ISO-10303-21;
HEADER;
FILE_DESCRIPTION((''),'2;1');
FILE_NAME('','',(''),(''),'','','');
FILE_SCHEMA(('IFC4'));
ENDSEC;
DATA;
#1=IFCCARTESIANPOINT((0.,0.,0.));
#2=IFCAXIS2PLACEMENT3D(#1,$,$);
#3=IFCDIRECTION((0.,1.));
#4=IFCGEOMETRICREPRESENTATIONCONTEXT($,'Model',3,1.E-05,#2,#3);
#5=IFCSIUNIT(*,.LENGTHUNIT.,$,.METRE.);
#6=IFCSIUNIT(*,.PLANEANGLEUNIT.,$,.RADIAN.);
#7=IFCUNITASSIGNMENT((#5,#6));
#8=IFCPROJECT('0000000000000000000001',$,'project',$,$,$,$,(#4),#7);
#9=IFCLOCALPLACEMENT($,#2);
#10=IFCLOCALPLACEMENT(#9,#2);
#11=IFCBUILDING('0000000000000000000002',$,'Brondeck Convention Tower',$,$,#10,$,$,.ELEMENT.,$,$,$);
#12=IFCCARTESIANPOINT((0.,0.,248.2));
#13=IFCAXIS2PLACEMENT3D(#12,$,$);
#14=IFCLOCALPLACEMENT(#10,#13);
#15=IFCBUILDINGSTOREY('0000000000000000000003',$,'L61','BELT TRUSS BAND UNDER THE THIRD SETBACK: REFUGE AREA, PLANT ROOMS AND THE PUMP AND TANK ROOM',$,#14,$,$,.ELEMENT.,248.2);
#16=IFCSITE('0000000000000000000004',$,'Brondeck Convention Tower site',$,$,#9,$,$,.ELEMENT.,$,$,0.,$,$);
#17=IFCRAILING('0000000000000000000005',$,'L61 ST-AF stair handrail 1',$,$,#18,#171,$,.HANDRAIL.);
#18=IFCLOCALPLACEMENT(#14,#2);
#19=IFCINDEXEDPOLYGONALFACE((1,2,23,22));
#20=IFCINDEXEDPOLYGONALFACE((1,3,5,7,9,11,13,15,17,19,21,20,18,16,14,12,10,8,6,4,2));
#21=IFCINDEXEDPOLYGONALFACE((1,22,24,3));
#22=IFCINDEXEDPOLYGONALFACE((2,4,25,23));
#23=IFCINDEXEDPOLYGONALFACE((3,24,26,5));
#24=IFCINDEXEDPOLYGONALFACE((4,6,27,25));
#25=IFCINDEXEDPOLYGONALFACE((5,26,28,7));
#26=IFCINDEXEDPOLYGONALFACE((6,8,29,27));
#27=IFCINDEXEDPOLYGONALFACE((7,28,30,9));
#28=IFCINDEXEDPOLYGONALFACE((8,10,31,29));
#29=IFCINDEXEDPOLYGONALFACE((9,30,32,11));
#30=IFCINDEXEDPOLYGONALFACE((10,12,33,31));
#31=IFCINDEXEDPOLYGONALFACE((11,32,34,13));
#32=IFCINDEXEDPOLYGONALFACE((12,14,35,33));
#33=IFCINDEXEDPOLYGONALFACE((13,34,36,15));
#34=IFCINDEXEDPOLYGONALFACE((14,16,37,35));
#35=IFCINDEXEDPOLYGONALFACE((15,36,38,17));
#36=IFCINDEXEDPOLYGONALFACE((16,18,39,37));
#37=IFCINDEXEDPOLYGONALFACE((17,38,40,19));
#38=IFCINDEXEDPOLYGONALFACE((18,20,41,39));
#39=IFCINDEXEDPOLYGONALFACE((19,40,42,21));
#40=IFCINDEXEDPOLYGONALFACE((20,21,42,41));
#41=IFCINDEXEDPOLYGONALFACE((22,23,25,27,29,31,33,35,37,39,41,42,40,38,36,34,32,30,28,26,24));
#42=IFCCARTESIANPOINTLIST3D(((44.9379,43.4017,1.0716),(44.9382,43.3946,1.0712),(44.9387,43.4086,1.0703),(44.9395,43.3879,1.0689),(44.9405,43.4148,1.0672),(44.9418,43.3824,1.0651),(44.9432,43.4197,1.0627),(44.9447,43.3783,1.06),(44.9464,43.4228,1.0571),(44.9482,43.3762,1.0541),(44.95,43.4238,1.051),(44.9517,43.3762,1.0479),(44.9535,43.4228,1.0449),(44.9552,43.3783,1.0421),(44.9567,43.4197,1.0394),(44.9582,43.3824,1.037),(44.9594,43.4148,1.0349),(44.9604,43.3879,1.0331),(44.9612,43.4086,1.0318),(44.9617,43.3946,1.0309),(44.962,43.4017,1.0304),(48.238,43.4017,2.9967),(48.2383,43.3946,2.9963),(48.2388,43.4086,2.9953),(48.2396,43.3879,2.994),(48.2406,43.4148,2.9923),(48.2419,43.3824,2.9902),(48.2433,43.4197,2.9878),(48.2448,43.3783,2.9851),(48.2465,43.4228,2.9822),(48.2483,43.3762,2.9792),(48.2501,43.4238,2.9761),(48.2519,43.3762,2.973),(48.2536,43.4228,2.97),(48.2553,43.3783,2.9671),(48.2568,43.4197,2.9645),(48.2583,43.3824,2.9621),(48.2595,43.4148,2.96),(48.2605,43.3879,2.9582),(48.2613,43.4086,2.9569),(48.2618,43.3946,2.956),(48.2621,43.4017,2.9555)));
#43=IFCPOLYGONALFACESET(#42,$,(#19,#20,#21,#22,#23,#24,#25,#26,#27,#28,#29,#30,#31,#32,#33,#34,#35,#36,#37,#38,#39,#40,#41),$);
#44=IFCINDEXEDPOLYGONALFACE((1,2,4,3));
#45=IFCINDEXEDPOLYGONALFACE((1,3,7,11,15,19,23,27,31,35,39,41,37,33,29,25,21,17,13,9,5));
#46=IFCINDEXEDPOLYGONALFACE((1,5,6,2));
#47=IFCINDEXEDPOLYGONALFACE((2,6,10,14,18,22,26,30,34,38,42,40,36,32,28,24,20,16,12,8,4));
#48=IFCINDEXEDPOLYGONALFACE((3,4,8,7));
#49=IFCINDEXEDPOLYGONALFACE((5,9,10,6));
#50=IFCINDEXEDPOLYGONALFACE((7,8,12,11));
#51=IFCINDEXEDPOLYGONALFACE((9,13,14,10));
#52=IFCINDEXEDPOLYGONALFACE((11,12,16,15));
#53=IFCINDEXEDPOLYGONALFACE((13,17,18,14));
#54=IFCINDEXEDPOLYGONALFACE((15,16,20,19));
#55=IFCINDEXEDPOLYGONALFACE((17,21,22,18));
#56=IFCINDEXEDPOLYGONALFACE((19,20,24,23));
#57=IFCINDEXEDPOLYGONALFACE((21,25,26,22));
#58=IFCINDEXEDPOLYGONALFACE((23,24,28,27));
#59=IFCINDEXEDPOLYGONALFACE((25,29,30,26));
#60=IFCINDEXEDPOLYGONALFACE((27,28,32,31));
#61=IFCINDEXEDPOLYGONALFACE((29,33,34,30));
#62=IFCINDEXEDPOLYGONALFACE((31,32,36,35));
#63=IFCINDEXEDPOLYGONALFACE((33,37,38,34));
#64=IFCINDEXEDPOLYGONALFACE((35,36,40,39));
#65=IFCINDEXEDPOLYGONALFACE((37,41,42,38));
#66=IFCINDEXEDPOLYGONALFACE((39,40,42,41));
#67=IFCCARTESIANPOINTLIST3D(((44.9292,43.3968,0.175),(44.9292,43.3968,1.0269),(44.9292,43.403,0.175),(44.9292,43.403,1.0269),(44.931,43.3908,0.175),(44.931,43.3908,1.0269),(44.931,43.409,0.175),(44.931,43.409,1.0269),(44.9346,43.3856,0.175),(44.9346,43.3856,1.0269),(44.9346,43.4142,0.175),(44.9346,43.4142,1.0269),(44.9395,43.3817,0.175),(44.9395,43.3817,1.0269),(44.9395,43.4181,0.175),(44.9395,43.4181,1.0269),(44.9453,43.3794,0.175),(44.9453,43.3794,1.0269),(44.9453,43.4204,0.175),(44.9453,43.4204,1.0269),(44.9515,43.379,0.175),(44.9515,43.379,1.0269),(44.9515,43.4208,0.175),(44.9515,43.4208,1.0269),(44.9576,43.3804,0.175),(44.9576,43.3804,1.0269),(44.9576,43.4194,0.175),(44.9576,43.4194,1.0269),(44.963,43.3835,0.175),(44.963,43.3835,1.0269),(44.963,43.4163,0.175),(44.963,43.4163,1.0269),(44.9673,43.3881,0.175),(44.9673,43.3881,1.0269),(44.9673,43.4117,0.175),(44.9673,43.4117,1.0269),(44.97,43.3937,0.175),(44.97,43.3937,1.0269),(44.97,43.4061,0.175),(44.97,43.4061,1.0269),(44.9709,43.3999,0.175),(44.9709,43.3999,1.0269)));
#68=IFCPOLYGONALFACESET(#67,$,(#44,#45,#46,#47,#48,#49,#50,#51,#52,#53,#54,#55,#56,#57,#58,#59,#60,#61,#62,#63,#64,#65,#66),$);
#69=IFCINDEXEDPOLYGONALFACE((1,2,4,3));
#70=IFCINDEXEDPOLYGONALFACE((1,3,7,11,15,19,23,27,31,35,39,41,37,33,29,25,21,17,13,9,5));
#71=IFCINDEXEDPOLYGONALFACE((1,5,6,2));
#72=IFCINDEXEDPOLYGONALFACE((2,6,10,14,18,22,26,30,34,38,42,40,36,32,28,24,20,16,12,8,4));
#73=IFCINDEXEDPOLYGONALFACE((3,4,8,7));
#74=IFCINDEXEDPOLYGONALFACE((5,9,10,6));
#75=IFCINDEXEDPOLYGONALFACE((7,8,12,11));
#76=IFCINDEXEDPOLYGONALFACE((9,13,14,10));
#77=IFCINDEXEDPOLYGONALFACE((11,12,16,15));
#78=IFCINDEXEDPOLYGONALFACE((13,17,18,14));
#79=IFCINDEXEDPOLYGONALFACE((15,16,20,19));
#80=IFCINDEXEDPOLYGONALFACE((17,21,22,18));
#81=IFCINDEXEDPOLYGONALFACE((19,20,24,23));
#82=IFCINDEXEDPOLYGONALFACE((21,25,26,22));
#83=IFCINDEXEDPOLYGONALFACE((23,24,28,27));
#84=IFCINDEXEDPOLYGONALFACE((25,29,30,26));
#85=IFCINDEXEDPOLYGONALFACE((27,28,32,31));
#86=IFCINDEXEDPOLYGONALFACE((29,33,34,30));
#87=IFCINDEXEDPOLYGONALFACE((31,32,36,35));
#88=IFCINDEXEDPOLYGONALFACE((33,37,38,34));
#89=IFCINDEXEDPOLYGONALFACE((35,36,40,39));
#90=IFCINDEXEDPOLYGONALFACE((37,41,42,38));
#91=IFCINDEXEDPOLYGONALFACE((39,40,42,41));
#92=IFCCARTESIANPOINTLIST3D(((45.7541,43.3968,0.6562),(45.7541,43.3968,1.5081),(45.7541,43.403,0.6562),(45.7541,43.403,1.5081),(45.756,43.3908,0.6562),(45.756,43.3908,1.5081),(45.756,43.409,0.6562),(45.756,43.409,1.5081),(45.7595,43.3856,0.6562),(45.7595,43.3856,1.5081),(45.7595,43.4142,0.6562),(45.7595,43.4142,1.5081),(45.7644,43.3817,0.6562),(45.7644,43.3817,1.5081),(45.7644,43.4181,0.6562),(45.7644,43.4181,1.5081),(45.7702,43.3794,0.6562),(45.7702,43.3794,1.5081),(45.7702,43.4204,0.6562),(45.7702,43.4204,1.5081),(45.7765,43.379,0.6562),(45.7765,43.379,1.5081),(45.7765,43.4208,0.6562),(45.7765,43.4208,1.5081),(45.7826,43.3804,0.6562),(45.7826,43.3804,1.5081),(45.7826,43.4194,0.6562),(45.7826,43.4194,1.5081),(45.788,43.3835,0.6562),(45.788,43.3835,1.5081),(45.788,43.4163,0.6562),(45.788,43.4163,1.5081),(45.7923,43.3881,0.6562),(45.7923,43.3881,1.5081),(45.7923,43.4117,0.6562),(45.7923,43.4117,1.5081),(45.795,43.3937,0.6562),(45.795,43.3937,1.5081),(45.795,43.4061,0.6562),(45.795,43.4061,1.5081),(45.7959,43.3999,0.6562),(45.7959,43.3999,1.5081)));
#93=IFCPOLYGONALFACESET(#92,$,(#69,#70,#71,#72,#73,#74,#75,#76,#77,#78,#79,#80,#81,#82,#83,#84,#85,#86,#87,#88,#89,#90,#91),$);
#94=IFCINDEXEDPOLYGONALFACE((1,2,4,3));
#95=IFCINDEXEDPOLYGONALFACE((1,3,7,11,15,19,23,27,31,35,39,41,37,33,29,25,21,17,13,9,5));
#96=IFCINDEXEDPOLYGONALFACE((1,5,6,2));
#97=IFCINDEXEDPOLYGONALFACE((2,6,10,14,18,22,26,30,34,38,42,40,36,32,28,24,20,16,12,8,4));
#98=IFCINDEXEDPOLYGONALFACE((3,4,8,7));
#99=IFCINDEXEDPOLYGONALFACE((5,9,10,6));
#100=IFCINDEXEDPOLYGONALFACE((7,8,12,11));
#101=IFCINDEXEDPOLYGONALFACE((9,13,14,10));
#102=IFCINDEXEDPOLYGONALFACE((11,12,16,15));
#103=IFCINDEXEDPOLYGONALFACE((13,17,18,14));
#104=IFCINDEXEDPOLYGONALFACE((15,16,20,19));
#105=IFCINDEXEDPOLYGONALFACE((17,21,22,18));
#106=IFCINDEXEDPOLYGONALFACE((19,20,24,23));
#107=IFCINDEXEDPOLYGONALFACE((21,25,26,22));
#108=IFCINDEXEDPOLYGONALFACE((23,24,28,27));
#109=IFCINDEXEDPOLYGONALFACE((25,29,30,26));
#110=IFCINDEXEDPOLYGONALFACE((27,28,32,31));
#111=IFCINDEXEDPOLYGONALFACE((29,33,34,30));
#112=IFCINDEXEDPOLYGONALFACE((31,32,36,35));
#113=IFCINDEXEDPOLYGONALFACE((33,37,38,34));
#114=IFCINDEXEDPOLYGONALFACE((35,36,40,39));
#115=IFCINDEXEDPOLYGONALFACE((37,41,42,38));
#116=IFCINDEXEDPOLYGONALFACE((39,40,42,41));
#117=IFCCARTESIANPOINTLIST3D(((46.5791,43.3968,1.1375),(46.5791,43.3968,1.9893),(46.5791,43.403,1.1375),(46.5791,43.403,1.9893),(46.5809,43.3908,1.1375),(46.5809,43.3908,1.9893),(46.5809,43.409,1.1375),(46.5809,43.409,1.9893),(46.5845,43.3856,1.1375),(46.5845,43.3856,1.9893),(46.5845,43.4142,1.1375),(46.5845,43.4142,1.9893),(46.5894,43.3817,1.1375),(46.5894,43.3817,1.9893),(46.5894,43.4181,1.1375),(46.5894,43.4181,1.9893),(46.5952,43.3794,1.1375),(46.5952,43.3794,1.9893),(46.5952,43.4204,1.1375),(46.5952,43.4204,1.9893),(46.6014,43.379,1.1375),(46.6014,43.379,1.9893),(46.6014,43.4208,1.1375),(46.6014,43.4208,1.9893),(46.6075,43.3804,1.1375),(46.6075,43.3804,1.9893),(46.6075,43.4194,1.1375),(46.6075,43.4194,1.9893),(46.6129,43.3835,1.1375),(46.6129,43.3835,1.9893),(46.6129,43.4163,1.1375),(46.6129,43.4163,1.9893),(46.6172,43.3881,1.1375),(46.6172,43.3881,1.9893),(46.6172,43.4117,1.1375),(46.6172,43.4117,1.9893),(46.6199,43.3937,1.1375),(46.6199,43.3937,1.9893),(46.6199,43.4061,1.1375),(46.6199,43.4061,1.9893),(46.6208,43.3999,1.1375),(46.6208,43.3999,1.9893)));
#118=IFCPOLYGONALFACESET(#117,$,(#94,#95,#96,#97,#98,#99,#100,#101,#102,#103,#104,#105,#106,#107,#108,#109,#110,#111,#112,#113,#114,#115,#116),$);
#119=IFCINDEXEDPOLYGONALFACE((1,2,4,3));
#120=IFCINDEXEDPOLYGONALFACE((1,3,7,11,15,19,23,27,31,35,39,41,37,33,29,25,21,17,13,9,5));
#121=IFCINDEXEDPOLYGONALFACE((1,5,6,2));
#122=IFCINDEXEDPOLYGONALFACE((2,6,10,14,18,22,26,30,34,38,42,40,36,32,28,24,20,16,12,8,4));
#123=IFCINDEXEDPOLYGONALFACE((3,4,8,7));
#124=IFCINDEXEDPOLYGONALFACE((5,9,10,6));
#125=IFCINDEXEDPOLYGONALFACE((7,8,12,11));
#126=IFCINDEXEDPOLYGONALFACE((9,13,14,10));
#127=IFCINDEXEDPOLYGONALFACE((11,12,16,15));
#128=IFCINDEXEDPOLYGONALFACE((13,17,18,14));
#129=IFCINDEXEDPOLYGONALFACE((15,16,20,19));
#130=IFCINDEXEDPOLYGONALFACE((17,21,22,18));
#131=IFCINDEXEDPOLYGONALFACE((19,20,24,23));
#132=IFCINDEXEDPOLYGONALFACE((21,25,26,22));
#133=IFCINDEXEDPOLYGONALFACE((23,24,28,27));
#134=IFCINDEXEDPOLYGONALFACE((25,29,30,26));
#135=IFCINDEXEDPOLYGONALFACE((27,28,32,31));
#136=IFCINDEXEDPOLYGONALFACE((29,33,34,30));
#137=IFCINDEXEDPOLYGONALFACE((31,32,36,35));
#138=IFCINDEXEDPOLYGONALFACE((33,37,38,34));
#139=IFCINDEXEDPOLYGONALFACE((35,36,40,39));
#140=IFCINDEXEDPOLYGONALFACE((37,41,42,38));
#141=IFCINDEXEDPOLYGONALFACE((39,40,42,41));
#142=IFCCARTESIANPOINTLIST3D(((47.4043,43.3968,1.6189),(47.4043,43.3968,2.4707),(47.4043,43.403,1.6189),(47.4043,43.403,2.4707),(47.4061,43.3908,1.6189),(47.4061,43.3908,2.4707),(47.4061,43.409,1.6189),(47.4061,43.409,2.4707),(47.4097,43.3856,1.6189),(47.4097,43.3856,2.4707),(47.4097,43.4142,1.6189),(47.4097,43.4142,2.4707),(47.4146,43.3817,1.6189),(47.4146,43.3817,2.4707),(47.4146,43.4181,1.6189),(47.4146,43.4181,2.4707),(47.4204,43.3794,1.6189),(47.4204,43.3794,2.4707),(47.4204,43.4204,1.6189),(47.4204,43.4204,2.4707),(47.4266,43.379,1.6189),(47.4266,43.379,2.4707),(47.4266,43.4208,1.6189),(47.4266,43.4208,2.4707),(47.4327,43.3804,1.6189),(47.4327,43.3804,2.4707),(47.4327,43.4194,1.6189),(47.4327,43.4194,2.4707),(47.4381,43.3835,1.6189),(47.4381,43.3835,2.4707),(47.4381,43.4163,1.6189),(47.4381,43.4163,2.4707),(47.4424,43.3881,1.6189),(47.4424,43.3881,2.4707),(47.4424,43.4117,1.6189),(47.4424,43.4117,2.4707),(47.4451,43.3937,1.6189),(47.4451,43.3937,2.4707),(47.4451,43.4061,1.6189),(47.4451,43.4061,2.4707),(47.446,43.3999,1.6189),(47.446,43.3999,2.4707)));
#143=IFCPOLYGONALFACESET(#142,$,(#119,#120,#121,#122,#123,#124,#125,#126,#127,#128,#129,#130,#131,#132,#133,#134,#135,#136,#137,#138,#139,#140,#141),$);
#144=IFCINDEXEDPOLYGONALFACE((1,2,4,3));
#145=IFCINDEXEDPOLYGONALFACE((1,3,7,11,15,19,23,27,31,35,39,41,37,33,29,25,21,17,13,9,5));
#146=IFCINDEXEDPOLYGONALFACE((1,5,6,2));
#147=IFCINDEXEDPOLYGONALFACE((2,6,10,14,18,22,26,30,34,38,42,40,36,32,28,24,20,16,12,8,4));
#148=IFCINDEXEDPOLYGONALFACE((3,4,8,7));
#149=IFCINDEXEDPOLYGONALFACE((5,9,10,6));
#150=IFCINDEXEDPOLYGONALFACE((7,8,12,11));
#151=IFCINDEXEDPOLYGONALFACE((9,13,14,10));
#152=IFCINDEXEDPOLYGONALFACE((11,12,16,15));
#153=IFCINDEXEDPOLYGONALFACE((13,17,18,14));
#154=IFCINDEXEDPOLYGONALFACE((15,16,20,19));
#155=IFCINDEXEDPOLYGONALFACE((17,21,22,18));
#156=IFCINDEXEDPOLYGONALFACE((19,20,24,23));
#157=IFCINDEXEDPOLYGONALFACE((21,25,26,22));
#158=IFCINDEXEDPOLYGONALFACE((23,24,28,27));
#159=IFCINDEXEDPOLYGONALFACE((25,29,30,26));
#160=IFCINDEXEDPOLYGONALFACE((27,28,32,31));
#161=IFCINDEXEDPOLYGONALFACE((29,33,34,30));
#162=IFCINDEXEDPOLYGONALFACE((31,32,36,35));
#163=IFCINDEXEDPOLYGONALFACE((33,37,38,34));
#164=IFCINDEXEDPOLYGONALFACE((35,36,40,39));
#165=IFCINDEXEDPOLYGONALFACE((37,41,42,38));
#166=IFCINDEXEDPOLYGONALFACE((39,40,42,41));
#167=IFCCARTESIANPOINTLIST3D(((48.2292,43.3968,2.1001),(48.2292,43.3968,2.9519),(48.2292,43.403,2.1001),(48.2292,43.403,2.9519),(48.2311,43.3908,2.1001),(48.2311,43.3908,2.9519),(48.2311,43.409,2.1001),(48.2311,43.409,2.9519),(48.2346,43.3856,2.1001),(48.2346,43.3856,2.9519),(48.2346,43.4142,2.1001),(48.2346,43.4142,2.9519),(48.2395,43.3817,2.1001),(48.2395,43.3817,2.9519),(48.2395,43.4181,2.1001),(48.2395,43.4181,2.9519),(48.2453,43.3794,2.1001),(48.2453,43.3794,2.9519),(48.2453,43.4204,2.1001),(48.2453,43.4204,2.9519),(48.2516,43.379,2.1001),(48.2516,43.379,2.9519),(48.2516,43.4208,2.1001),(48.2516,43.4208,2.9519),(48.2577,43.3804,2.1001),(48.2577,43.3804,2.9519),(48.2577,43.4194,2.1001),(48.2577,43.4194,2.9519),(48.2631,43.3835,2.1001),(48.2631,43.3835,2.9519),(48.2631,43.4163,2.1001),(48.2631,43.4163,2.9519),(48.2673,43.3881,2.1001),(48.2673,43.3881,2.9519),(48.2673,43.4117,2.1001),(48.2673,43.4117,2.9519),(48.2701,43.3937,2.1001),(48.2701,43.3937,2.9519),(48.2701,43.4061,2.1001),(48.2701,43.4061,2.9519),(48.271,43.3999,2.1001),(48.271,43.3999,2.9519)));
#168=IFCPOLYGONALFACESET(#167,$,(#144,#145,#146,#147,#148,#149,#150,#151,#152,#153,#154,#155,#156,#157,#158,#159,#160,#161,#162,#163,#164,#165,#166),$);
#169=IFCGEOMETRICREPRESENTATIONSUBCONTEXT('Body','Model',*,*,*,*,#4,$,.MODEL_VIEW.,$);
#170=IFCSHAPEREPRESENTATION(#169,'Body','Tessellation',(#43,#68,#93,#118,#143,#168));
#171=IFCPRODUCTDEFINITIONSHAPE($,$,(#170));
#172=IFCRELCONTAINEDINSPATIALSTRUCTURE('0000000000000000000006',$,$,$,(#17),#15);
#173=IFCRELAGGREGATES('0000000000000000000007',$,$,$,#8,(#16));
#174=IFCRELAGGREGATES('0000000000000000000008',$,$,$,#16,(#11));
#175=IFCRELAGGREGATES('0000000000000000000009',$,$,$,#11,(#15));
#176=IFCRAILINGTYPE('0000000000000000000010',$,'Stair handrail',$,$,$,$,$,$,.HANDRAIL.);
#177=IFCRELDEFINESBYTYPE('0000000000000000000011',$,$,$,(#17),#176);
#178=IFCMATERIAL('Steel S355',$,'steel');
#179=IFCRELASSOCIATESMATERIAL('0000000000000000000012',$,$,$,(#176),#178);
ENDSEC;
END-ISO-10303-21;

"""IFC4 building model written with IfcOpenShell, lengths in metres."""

from ifc_helpers import new_model, si_unit, direction, frame, origin, origin_2d, place, context, subcontext, project, spatial, circle, extrude, material, type_object, element, save


model = new_model("IFC4")

# Units and contexts
model_context = context("Model", 3, precision=1e-05, world=origin(), true_north=direction((0.0, 1.0)))
body_context = subcontext(model_context, "Body", "Model", "MODEL_VIEW")
ifc_project = project(units=[si_unit("LENGTHUNIT", "METRE"), si_unit("PLANEANGLEUNIT", "RADIAN")], contexts=[model_context])

# Site, building, storey
site_placement = place(None, origin())
site = spatial("IfcSite", under=ifc_project, at=site_placement, Name="Brondeck Convention Tower site", CompositionType="ELEMENT", RefElevation=0.0)
building_placement = place(site_placement, origin())
building = spatial("IfcBuilding", under=site, at=building_placement, Name="Brondeck Convention Tower", CompositionType="ELEMENT")
storey_placement = place(building_placement, frame((0.0, 0.0, 248.2)))
storey = spatial("IfcBuildingStorey", under=building, at=storey_placement, Name="L61", Description="BELT TRUSS BAND UNDER THE THIRD SETBACK: REFUGE AREA, PLANT ROOMS AND THE PUMP AND TANK ROOM", CompositionType="ELEMENT", Elevation=248.2)

# Shared definitions
ifc_material_1 = material(Name="Steel S355", Category="steel")

# Railing
railing_type_1 = type_object("IfcRailingType", Name="Stair handrail", PredefinedType="HANDRAIL", material=ifc_material_1)
railing_1_placement = place(storey_placement, frame((44.95, 43.3999, 0.175)))
element("IfcRailing", 1, at=railing_1_placement, inside=storey, type_object=railing_type_1, Name="L61 ST-AF stair handrail 1", PredefinedType="HANDRAIL", context=body_context, shape_type="SweptSolid", body=[
    extrude(circle(Radius=0.0239, at=origin_2d()), frame((0.0, 0.0, 0.876), z_axis=(0.863777, 0.0, 0.503875), x_axis=(0.0, 1.0, 0.0)), (0.0, 0.0, 1.0), 3.8206),
    extrude(circle(Radius=0.021, at=origin_2d()), origin(), (0.0, 0.0, 1.0), 0.8518),
    extrude(circle(Radius=0.021, at=origin_2d()), frame((0.825, 0.0, 0.4812)), (0.0, 0.0, 1.0), 0.8518),
    extrude(circle(Radius=0.021, at=origin_2d()), frame((1.6499, 0.0, 0.9624)), (0.0, 0.0, 1.0), 0.8518),
    extrude(circle(Radius=0.021, at=origin_2d()), frame((2.4751, 0.0, 1.4438)), (0.0, 0.0, 1.0), 0.8518),
    extrude(circle(Radius=0.021, at=origin_2d()), frame((3.3, 0.0, 1.925)), (0.0, 0.0, 1.0), 0.8518),
])

save(model, "model.ifc")
